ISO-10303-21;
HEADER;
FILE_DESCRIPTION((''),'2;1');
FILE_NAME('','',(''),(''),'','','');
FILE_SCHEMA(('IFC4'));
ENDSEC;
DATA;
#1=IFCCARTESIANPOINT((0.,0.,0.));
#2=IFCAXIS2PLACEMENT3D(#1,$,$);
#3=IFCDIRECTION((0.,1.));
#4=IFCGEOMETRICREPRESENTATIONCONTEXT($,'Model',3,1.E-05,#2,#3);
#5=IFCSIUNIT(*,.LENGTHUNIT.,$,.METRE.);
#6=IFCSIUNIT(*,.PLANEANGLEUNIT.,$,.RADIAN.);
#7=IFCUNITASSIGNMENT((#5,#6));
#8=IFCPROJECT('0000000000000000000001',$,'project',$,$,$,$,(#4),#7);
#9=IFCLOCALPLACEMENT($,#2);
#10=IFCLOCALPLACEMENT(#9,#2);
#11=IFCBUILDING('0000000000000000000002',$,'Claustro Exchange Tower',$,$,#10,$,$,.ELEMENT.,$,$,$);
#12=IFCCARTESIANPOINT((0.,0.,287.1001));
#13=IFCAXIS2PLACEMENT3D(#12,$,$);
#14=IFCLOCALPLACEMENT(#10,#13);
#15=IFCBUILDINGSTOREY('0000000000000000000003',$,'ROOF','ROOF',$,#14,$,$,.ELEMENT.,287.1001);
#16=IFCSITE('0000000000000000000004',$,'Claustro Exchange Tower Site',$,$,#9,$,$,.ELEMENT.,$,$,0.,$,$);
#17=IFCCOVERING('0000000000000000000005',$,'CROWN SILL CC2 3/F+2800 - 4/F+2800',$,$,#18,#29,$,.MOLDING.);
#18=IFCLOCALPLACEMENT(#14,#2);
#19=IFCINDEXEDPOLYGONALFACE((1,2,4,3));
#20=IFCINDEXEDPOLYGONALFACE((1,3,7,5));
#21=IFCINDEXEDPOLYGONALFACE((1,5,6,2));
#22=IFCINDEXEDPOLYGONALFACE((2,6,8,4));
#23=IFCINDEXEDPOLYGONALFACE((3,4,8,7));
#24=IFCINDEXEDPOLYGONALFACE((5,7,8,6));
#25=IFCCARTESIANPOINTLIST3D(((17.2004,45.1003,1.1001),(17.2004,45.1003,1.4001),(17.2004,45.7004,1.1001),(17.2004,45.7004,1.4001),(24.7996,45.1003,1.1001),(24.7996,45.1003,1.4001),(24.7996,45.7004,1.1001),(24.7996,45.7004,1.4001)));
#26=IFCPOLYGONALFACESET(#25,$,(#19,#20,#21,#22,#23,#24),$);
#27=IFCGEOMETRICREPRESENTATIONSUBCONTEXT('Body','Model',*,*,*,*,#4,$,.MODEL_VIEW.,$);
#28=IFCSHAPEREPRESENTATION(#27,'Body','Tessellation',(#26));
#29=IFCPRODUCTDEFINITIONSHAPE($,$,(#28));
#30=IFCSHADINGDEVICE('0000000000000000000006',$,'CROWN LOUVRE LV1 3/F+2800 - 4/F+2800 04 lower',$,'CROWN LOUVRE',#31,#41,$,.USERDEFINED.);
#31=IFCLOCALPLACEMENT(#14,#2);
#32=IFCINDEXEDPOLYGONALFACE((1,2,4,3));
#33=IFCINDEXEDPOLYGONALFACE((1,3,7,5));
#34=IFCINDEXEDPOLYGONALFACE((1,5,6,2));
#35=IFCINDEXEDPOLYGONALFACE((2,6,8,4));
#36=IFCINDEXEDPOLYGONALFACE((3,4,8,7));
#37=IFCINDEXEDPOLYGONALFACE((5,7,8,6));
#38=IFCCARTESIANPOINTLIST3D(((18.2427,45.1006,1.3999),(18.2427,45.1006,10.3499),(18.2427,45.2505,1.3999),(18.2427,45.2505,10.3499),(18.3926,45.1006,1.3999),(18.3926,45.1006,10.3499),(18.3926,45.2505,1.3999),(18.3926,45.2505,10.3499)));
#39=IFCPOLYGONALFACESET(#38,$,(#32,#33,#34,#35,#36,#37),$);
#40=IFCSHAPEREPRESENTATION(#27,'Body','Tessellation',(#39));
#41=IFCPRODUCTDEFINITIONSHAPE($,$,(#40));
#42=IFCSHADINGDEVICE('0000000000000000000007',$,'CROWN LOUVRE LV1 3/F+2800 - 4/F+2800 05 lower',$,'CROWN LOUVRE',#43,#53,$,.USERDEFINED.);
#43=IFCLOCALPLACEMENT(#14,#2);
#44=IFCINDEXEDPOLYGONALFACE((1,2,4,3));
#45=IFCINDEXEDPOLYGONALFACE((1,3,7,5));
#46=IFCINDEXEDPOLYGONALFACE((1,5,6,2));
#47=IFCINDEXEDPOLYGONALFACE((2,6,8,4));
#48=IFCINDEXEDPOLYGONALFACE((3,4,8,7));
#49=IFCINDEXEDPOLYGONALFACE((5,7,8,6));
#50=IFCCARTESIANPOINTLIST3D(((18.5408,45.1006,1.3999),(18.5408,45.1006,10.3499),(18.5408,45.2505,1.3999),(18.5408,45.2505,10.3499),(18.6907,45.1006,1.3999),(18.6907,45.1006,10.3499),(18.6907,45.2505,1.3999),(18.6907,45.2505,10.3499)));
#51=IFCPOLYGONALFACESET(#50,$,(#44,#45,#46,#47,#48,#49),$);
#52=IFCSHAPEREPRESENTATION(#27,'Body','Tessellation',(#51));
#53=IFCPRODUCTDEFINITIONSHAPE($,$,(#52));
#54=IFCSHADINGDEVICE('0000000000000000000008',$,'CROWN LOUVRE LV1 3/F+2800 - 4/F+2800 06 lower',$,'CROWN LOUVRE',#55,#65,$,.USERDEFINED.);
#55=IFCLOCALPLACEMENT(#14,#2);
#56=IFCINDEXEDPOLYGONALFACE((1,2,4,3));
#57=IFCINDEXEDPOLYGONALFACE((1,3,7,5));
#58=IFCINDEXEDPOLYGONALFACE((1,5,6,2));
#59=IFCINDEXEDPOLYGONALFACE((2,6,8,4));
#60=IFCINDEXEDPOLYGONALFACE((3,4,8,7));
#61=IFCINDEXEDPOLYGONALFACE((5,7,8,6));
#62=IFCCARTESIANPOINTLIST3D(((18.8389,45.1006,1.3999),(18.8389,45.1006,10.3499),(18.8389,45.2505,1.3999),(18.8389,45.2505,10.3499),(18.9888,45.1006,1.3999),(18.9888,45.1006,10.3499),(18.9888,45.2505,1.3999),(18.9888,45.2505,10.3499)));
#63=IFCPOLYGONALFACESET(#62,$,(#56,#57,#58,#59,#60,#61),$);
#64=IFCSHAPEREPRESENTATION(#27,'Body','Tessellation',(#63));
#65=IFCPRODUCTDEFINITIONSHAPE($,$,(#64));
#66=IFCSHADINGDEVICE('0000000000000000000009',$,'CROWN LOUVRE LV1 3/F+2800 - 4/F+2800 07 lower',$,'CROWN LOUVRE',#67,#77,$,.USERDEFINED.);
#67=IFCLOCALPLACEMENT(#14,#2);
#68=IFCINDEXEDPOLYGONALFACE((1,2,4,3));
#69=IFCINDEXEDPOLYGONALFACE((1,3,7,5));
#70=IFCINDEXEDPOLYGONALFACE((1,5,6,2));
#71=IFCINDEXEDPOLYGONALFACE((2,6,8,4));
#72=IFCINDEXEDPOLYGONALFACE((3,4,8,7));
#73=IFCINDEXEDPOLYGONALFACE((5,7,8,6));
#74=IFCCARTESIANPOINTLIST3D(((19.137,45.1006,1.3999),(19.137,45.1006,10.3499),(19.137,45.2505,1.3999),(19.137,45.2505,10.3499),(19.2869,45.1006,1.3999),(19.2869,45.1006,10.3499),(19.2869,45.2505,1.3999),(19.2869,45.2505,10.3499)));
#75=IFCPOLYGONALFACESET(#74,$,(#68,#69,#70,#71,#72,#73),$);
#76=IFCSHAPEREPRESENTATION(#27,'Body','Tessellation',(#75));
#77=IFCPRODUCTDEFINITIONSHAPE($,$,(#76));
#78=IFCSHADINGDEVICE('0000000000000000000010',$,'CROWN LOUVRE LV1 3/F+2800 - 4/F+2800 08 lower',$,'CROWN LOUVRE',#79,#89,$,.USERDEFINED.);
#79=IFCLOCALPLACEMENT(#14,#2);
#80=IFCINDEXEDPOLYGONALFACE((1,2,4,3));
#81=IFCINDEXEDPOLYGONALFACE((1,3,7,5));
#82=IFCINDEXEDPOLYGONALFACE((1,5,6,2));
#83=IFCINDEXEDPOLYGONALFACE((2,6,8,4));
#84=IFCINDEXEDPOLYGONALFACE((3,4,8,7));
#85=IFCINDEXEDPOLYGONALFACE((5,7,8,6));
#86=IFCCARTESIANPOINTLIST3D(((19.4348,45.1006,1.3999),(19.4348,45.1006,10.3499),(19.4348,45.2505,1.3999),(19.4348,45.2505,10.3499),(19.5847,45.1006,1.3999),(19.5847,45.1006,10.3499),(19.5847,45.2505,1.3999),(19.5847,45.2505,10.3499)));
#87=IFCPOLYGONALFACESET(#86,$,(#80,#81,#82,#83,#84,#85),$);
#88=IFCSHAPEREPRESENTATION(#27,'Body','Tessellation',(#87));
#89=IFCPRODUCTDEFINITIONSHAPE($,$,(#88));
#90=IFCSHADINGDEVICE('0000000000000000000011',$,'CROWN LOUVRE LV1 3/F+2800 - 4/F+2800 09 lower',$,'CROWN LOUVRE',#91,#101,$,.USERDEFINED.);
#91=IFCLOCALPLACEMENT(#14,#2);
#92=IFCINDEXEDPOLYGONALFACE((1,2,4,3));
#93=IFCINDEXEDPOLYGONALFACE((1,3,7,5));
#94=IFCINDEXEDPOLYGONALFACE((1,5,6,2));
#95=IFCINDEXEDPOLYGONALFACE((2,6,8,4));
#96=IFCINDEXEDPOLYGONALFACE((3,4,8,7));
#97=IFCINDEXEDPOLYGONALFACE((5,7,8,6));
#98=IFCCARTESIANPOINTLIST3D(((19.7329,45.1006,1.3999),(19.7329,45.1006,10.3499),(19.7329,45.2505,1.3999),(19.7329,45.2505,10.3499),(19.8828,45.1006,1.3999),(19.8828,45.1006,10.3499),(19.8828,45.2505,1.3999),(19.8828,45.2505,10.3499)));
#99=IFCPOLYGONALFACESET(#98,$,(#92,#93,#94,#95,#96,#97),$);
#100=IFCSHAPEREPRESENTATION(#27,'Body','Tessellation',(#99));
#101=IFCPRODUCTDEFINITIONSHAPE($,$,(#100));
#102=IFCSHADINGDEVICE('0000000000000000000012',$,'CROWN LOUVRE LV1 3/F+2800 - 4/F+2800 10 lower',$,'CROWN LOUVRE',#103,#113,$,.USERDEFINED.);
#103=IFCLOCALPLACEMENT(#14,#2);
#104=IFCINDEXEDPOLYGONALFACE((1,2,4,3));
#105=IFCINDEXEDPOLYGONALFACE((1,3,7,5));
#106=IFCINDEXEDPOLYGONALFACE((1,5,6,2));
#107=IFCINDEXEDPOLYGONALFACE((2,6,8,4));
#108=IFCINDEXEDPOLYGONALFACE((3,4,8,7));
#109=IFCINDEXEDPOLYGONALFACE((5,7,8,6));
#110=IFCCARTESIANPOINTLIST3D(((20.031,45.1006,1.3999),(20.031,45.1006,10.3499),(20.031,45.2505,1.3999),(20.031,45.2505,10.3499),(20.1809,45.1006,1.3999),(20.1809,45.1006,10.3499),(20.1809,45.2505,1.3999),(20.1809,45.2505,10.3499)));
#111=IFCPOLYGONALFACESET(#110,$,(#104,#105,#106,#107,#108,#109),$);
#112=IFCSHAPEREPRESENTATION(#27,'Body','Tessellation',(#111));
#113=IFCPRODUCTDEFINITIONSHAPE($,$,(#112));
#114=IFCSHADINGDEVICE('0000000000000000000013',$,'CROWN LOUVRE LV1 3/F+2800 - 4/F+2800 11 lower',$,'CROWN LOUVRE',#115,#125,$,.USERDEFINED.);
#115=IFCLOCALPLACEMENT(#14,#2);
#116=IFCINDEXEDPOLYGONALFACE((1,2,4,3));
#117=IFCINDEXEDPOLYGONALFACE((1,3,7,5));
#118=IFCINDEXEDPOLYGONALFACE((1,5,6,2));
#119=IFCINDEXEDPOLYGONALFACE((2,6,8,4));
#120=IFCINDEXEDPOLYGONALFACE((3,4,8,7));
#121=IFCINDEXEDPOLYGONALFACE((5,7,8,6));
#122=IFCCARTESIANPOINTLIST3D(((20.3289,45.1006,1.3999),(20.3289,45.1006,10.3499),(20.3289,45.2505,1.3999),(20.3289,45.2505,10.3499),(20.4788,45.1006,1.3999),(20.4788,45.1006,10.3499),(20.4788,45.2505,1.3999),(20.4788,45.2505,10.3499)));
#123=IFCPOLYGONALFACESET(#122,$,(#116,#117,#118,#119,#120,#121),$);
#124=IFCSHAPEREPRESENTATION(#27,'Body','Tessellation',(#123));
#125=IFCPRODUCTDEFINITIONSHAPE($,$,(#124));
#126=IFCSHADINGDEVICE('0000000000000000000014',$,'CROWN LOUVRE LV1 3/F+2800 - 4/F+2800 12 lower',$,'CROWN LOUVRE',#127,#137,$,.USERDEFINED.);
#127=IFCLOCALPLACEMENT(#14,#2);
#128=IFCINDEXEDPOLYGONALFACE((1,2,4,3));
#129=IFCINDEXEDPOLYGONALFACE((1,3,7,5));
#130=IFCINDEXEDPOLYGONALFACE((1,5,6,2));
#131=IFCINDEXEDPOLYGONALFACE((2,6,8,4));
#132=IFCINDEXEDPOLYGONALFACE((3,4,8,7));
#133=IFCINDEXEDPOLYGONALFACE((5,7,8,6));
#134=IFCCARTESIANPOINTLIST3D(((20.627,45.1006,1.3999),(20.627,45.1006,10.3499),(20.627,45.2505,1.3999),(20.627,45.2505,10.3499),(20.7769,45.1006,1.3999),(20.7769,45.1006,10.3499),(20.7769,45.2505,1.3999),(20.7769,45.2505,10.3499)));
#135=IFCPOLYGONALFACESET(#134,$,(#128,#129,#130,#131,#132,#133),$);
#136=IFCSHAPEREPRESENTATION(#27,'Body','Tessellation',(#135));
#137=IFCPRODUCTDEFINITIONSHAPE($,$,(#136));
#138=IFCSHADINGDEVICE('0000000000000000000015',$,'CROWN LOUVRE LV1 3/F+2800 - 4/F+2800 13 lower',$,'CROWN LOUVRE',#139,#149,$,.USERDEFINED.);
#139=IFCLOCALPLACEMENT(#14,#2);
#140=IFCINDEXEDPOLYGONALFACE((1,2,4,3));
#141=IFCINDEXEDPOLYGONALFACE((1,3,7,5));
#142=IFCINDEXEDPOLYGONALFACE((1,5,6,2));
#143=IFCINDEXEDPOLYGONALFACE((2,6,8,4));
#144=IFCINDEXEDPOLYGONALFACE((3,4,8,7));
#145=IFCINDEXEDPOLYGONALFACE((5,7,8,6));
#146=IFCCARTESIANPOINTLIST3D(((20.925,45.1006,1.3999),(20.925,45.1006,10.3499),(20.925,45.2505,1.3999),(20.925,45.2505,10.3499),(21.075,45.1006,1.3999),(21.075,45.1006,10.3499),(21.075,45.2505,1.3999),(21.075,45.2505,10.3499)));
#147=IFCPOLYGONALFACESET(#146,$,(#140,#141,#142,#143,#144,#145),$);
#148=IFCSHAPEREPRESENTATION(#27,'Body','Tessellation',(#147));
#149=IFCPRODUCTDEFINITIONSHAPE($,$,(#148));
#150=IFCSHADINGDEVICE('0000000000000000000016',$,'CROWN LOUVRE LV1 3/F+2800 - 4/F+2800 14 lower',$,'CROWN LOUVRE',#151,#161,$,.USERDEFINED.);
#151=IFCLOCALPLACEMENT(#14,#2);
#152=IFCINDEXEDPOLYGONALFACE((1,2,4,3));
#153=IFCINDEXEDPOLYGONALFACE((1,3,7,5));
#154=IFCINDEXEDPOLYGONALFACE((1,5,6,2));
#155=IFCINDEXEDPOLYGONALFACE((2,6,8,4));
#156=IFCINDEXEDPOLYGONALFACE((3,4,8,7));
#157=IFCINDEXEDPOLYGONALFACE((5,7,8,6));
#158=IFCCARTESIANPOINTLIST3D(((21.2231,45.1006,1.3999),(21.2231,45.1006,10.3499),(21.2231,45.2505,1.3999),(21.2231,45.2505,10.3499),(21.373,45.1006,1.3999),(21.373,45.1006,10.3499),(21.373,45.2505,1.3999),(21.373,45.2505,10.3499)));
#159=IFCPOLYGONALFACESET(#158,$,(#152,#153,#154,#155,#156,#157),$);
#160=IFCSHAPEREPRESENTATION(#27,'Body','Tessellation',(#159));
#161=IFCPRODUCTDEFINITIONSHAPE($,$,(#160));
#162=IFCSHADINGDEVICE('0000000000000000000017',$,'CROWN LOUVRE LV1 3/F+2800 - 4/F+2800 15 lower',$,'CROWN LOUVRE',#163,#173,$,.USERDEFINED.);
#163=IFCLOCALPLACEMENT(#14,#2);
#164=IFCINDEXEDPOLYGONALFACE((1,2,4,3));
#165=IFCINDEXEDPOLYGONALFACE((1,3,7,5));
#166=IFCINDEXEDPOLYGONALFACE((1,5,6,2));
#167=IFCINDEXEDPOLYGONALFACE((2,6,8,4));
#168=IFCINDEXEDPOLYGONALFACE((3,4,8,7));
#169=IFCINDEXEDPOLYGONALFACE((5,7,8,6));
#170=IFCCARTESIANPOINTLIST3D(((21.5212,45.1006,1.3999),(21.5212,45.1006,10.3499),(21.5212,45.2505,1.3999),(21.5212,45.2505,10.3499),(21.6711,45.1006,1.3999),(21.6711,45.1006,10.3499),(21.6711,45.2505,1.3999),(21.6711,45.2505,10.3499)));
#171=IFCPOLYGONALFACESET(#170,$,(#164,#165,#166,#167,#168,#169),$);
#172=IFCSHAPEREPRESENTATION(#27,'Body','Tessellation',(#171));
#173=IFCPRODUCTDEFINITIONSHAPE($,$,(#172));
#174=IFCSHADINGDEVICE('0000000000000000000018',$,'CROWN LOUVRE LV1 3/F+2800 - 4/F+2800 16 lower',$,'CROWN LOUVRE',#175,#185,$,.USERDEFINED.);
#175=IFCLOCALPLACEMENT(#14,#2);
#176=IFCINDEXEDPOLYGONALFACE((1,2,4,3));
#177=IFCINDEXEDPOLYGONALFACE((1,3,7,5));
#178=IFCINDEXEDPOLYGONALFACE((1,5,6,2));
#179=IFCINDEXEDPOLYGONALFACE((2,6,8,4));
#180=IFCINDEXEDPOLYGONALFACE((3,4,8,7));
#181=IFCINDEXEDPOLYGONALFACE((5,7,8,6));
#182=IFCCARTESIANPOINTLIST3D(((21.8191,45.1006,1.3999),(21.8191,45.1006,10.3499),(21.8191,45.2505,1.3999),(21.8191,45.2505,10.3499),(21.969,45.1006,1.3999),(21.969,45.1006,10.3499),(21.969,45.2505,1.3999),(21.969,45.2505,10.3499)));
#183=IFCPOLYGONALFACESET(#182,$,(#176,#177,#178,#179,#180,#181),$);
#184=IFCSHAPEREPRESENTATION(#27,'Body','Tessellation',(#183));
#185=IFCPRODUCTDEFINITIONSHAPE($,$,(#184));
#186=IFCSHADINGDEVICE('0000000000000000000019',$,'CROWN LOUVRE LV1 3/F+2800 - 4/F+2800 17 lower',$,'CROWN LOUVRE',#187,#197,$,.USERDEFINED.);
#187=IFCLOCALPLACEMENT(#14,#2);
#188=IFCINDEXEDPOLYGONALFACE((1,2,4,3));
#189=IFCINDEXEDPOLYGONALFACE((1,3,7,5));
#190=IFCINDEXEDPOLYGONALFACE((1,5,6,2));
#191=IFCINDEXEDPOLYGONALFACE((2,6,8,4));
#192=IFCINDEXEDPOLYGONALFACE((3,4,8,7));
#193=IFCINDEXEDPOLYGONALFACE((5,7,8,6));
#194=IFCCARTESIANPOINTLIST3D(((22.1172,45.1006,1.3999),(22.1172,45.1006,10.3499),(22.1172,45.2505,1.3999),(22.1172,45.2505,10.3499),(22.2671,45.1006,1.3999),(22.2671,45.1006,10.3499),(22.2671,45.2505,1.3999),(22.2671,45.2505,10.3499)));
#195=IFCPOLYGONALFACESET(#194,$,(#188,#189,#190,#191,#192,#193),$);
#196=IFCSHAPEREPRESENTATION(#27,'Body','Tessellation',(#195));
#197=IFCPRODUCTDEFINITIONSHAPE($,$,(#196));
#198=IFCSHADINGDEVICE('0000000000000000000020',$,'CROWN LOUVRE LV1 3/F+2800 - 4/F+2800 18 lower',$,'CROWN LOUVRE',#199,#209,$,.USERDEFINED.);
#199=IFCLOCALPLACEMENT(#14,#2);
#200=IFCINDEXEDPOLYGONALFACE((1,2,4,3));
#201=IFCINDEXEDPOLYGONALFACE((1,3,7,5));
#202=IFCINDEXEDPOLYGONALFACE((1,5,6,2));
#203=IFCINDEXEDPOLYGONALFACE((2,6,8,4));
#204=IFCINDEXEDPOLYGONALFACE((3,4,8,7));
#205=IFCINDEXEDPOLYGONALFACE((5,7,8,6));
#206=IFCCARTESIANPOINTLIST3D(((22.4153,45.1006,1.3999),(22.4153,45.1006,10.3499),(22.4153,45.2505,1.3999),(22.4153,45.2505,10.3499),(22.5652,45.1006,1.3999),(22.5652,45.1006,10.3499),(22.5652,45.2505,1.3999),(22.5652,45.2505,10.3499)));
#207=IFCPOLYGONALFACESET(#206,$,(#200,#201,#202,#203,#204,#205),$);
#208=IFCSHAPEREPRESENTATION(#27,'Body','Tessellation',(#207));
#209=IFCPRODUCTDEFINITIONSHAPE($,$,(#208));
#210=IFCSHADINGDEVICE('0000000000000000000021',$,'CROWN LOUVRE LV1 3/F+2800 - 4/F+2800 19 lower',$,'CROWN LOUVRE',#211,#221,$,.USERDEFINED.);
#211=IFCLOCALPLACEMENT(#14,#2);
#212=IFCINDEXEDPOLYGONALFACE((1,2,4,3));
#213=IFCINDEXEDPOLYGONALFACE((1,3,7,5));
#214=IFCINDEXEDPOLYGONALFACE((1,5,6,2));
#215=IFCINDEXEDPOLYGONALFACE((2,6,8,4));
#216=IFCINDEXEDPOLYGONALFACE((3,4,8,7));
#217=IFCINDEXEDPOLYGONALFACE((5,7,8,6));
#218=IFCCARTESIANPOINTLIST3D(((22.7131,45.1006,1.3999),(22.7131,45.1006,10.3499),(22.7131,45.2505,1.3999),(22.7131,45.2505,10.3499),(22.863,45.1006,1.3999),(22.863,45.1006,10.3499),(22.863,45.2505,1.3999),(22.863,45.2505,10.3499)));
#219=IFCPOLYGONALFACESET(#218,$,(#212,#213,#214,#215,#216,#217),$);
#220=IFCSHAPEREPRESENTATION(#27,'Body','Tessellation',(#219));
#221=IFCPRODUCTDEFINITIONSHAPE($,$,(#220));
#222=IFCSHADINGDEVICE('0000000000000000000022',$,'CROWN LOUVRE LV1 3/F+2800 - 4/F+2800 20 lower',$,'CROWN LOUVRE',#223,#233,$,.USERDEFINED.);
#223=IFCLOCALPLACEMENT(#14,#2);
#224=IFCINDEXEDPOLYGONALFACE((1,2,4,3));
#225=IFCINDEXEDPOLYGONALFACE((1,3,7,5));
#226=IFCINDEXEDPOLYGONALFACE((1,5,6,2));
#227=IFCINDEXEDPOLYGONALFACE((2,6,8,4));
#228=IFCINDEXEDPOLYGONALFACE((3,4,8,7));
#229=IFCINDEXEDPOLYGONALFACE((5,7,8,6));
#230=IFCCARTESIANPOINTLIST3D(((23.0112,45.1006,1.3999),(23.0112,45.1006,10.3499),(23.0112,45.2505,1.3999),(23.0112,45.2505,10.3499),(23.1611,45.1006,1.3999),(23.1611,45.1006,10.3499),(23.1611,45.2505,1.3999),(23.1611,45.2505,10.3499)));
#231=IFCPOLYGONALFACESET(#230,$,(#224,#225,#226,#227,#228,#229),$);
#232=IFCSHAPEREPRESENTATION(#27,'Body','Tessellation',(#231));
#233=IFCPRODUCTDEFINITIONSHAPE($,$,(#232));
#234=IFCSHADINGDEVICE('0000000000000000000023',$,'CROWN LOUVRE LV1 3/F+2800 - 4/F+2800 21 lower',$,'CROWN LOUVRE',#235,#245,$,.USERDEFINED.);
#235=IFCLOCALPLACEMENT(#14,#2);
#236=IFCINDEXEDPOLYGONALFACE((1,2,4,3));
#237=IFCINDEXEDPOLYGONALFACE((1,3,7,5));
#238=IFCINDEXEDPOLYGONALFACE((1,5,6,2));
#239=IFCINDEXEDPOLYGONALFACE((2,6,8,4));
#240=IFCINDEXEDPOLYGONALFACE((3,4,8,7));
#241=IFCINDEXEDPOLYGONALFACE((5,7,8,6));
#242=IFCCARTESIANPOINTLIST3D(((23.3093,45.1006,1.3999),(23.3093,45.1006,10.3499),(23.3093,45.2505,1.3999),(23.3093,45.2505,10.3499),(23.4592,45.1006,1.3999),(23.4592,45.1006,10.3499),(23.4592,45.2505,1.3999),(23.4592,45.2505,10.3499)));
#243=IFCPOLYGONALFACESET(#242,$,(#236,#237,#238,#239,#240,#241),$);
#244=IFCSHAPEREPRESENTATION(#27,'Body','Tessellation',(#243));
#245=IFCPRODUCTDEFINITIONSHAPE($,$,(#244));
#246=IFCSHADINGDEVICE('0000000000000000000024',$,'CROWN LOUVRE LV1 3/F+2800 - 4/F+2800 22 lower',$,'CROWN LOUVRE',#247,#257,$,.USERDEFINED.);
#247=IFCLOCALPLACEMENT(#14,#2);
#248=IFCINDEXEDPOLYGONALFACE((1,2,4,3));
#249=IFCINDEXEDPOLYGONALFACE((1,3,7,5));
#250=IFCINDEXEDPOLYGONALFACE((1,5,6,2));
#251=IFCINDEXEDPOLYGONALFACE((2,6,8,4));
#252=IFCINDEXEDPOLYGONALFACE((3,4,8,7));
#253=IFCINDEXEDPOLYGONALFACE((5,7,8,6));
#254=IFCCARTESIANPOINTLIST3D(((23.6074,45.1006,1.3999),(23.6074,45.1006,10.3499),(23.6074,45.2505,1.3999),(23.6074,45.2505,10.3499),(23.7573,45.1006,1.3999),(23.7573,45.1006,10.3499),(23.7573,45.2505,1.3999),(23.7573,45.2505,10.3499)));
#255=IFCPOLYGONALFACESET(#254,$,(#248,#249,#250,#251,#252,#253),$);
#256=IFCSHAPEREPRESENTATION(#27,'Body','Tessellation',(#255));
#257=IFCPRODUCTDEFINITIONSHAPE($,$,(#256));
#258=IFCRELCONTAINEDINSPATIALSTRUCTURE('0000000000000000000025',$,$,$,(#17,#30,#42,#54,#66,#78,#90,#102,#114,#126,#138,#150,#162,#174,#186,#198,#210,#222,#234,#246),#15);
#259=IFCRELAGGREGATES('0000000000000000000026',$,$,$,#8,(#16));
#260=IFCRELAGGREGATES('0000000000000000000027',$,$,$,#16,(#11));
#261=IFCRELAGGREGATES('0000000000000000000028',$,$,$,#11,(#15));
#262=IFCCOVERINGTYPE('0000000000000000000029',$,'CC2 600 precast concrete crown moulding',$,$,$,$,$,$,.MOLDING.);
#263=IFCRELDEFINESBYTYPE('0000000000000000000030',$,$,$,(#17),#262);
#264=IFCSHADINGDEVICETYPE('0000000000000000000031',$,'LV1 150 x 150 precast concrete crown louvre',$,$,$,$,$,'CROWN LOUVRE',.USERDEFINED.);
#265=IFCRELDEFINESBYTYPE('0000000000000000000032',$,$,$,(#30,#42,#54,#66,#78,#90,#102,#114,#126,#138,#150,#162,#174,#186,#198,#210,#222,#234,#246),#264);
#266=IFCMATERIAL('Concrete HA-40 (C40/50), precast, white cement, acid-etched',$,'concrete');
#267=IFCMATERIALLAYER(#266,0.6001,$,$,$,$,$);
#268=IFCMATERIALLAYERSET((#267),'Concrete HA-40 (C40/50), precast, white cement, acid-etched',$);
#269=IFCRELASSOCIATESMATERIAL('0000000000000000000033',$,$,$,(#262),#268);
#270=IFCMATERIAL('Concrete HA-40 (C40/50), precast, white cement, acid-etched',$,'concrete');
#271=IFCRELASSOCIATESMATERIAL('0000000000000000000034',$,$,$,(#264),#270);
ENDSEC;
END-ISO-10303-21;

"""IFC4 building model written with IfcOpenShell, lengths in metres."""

from ifc_helpers import new_model, si_unit, direction, frame, origin, origin_2d, place, context, subcontext, project, spatial, rectangle, extrude, material, layer, layer_set, type_object, element, save


model = new_model("IFC4")

# Units and contexts
model_context = context("Model", 3, precision=1e-05, world=origin(), true_north=direction((0.0, 1.0)))
body_context = subcontext(model_context, "Body", "Model", "MODEL_VIEW")
ifc_project = project(units=[si_unit("LENGTHUNIT", "METRE"), si_unit("PLANEANGLEUNIT", "RADIAN")], contexts=[model_context])

# Site, building, storey
site_placement = place(None, origin())
site = spatial("IfcSite", under=ifc_project, at=site_placement, Name="Claustro Exchange Tower Site", CompositionType="ELEMENT", RefElevation=0.0)
building_placement = place(site_placement, origin())
building = spatial("IfcBuilding", under=site, at=building_placement, Name="Claustro Exchange Tower", CompositionType="ELEMENT")
storey_placement = place(building_placement, frame((0.0, 0.0, 287.1001)))
storey = spatial("IfcBuildingStorey", under=building, at=storey_placement, Name="ROOF", Description="ROOF", CompositionType="ELEMENT", Elevation=287.1001)

# Covering
ifc_material_1 = material(Name="Concrete HA-40 (C40/50), precast, white cement, acid-etched", Category="concrete")
ifc_layer = layer(ifc_material_1, 0.6001)
ifc_layer_set = layer_set([ifc_layer], Name="Concrete HA-40 (C40/50), precast, white cement, acid-etched")
covering_type = type_object("IfcCoveringType", Name="CC2 600 precast concrete crown moulding", PredefinedType="MOLDING", material=ifc_layer_set)
covering_placement = place(storey_placement, frame((21.0, 45.4004, 1.1001), z_axis=(0.0, 0.0, 1.0), x_axis=(1.0, 0.0, 0.0)))
element("IfcCovering", 1, at=covering_placement, inside=storey, type_object=covering_type, Name="CROWN SILL CC2 3/F+2800 - 4/F+2800", PredefinedType="MOLDING", context=body_context, shape_type="SweptSolid", body=[
    extrude(rectangle(XDim=7.5991, YDim=0.6001, at=origin_2d()), origin(), (0.0, 0.0, 1.0), 0.3),
])

# Shading devices
ifc_material_2 = material(Name="Concrete HA-40 (C40/50), precast, white cement, acid-etched", Category="concrete")
shading_device_type = type_object("IfcShadingDeviceType", Name="LV1 150 x 150 precast concrete crown louvre", ElementType="CROWN LOUVRE", PredefinedType="USERDEFINED", material=ifc_material_2)
for number, where, z_axis, x_axis, name in (
    (2, (18.3176, 45.1755, 1.3999), (0.0, 0.0, 1.0), (1.0, 0.0, 0.0), "CROWN LOUVRE LV1 3/F+2800 - 4/F+2800 04 lower"),
    (3, (18.6157, 45.1755, 1.3999), (0.0, 0.0, 1.0), (1.0, 0.0, 0.0), "CROWN LOUVRE LV1 3/F+2800 - 4/F+2800 05 lower"),
    (4, (18.9138, 45.1755, 1.3999), (0.0, 0.0, 1.0), (1.0, 0.0, 0.0), "CROWN LOUVRE LV1 3/F+2800 - 4/F+2800 06 lower"),
    (5, (19.2119, 45.1755, 1.3999), (0.0, 0.0, 1.0), (1.0, 0.0, 0.0), "CROWN LOUVRE LV1 3/F+2800 - 4/F+2800 07 lower"),
    (6, (19.5098, 45.1755, 1.3999), (0.0, 0.0, 1.0), (1.0, 0.0, 0.0), "CROWN LOUVRE LV1 3/F+2800 - 4/F+2800 08 lower"),
    (7, (19.8079, 45.1755, 1.3999), (0.0, 0.0, 1.0), (1.0, 0.0, 0.0), "CROWN LOUVRE LV1 3/F+2800 - 4/F+2800 09 lower"),
    (8, (20.106, 45.1755, 1.3999), (0.0, 0.0, 1.0), (1.0, 0.0, 0.0), "CROWN LOUVRE LV1 3/F+2800 - 4/F+2800 10 lower"),
    (9, (20.4038, 45.1755, 1.3999), (0.0, 0.0, 1.0), (1.0, 0.0, 0.0), "CROWN LOUVRE LV1 3/F+2800 - 4/F+2800 11 lower"),
    (10, (20.7019, 45.1755, 1.3999), (0.0, 0.0, 1.0), (1.0, 0.0, 0.0), "CROWN LOUVRE LV1 3/F+2800 - 4/F+2800 12 lower"),
    (11, (21.0, 45.1755, 1.3999), (0.0, 0.0, 1.0), (1.0, 0.0, 0.0), "CROWN LOUVRE LV1 3/F+2800 - 4/F+2800 13 lower"),
    (12, (21.2981, 45.1755, 1.3999), (0.0, 0.0, 1.0), (1.0, 0.0, 0.0), "CROWN LOUVRE LV1 3/F+2800 - 4/F+2800 14 lower"),
    (13, (21.5962, 45.1755, 1.3999), (0.0, 0.0, 1.0), (1.0, 0.0, 0.0), "CROWN LOUVRE LV1 3/F+2800 - 4/F+2800 15 lower"),
    (14, (21.894, 45.1755, 1.3999), (0.0, 0.0, 1.0), (1.0, 0.0, 0.0), "CROWN LOUVRE LV1 3/F+2800 - 4/F+2800 16 lower"),
    (15, (22.1921, 45.1755, 1.3999), (0.0, 0.0, 1.0), (1.0, 0.0, 0.0), "CROWN LOUVRE LV1 3/F+2800 - 4/F+2800 17 lower"),
    (16, (22.4902, 45.1755, 1.3999), (0.0, 0.0, 1.0), (1.0, 0.0, 0.0), "CROWN LOUVRE LV1 3/F+2800 - 4/F+2800 18 lower"),
    (17, (22.7881, 45.1755, 1.3999), (0.0, 0.0, 1.0), (1.0, 0.0, 0.0), "CROWN LOUVRE LV1 3/F+2800 - 4/F+2800 19 lower"),
    (18, (23.0862, 45.1755, 1.3999), (0.0, 0.0, 1.0), (1.0, 0.0, 0.0), "CROWN LOUVRE LV1 3/F+2800 - 4/F+2800 20 lower"),
    (19, (23.3843, 45.1755, 1.3999), (0.0, 0.0, 1.0), (1.0, 0.0, 0.0), "CROWN LOUVRE LV1 3/F+2800 - 4/F+2800 21 lower"),
    (20, (23.6824, 45.1755, 1.3999), (0.0, 0.0, 1.0), (1.0, 0.0, 0.0), "CROWN LOUVRE LV1 3/F+2800 - 4/F+2800 22 lower"),
):
    element("IfcShadingDevice", number, at=place(storey_placement, frame(where, z_axis=z_axis, x_axis=x_axis)), inside=storey, type_object=shading_device_type, Name=name, ObjectType="CROWN LOUVRE", PredefinedType="USERDEFINED", context=body_context, shape_type="SweptSolid", body=[
        extrude(rectangle(XDim=0.1499, YDim=0.1499, at=origin_2d()), origin(), (0.0, 0.0, 1.0), 8.95),
    ])

save(model, "model.ifc")
